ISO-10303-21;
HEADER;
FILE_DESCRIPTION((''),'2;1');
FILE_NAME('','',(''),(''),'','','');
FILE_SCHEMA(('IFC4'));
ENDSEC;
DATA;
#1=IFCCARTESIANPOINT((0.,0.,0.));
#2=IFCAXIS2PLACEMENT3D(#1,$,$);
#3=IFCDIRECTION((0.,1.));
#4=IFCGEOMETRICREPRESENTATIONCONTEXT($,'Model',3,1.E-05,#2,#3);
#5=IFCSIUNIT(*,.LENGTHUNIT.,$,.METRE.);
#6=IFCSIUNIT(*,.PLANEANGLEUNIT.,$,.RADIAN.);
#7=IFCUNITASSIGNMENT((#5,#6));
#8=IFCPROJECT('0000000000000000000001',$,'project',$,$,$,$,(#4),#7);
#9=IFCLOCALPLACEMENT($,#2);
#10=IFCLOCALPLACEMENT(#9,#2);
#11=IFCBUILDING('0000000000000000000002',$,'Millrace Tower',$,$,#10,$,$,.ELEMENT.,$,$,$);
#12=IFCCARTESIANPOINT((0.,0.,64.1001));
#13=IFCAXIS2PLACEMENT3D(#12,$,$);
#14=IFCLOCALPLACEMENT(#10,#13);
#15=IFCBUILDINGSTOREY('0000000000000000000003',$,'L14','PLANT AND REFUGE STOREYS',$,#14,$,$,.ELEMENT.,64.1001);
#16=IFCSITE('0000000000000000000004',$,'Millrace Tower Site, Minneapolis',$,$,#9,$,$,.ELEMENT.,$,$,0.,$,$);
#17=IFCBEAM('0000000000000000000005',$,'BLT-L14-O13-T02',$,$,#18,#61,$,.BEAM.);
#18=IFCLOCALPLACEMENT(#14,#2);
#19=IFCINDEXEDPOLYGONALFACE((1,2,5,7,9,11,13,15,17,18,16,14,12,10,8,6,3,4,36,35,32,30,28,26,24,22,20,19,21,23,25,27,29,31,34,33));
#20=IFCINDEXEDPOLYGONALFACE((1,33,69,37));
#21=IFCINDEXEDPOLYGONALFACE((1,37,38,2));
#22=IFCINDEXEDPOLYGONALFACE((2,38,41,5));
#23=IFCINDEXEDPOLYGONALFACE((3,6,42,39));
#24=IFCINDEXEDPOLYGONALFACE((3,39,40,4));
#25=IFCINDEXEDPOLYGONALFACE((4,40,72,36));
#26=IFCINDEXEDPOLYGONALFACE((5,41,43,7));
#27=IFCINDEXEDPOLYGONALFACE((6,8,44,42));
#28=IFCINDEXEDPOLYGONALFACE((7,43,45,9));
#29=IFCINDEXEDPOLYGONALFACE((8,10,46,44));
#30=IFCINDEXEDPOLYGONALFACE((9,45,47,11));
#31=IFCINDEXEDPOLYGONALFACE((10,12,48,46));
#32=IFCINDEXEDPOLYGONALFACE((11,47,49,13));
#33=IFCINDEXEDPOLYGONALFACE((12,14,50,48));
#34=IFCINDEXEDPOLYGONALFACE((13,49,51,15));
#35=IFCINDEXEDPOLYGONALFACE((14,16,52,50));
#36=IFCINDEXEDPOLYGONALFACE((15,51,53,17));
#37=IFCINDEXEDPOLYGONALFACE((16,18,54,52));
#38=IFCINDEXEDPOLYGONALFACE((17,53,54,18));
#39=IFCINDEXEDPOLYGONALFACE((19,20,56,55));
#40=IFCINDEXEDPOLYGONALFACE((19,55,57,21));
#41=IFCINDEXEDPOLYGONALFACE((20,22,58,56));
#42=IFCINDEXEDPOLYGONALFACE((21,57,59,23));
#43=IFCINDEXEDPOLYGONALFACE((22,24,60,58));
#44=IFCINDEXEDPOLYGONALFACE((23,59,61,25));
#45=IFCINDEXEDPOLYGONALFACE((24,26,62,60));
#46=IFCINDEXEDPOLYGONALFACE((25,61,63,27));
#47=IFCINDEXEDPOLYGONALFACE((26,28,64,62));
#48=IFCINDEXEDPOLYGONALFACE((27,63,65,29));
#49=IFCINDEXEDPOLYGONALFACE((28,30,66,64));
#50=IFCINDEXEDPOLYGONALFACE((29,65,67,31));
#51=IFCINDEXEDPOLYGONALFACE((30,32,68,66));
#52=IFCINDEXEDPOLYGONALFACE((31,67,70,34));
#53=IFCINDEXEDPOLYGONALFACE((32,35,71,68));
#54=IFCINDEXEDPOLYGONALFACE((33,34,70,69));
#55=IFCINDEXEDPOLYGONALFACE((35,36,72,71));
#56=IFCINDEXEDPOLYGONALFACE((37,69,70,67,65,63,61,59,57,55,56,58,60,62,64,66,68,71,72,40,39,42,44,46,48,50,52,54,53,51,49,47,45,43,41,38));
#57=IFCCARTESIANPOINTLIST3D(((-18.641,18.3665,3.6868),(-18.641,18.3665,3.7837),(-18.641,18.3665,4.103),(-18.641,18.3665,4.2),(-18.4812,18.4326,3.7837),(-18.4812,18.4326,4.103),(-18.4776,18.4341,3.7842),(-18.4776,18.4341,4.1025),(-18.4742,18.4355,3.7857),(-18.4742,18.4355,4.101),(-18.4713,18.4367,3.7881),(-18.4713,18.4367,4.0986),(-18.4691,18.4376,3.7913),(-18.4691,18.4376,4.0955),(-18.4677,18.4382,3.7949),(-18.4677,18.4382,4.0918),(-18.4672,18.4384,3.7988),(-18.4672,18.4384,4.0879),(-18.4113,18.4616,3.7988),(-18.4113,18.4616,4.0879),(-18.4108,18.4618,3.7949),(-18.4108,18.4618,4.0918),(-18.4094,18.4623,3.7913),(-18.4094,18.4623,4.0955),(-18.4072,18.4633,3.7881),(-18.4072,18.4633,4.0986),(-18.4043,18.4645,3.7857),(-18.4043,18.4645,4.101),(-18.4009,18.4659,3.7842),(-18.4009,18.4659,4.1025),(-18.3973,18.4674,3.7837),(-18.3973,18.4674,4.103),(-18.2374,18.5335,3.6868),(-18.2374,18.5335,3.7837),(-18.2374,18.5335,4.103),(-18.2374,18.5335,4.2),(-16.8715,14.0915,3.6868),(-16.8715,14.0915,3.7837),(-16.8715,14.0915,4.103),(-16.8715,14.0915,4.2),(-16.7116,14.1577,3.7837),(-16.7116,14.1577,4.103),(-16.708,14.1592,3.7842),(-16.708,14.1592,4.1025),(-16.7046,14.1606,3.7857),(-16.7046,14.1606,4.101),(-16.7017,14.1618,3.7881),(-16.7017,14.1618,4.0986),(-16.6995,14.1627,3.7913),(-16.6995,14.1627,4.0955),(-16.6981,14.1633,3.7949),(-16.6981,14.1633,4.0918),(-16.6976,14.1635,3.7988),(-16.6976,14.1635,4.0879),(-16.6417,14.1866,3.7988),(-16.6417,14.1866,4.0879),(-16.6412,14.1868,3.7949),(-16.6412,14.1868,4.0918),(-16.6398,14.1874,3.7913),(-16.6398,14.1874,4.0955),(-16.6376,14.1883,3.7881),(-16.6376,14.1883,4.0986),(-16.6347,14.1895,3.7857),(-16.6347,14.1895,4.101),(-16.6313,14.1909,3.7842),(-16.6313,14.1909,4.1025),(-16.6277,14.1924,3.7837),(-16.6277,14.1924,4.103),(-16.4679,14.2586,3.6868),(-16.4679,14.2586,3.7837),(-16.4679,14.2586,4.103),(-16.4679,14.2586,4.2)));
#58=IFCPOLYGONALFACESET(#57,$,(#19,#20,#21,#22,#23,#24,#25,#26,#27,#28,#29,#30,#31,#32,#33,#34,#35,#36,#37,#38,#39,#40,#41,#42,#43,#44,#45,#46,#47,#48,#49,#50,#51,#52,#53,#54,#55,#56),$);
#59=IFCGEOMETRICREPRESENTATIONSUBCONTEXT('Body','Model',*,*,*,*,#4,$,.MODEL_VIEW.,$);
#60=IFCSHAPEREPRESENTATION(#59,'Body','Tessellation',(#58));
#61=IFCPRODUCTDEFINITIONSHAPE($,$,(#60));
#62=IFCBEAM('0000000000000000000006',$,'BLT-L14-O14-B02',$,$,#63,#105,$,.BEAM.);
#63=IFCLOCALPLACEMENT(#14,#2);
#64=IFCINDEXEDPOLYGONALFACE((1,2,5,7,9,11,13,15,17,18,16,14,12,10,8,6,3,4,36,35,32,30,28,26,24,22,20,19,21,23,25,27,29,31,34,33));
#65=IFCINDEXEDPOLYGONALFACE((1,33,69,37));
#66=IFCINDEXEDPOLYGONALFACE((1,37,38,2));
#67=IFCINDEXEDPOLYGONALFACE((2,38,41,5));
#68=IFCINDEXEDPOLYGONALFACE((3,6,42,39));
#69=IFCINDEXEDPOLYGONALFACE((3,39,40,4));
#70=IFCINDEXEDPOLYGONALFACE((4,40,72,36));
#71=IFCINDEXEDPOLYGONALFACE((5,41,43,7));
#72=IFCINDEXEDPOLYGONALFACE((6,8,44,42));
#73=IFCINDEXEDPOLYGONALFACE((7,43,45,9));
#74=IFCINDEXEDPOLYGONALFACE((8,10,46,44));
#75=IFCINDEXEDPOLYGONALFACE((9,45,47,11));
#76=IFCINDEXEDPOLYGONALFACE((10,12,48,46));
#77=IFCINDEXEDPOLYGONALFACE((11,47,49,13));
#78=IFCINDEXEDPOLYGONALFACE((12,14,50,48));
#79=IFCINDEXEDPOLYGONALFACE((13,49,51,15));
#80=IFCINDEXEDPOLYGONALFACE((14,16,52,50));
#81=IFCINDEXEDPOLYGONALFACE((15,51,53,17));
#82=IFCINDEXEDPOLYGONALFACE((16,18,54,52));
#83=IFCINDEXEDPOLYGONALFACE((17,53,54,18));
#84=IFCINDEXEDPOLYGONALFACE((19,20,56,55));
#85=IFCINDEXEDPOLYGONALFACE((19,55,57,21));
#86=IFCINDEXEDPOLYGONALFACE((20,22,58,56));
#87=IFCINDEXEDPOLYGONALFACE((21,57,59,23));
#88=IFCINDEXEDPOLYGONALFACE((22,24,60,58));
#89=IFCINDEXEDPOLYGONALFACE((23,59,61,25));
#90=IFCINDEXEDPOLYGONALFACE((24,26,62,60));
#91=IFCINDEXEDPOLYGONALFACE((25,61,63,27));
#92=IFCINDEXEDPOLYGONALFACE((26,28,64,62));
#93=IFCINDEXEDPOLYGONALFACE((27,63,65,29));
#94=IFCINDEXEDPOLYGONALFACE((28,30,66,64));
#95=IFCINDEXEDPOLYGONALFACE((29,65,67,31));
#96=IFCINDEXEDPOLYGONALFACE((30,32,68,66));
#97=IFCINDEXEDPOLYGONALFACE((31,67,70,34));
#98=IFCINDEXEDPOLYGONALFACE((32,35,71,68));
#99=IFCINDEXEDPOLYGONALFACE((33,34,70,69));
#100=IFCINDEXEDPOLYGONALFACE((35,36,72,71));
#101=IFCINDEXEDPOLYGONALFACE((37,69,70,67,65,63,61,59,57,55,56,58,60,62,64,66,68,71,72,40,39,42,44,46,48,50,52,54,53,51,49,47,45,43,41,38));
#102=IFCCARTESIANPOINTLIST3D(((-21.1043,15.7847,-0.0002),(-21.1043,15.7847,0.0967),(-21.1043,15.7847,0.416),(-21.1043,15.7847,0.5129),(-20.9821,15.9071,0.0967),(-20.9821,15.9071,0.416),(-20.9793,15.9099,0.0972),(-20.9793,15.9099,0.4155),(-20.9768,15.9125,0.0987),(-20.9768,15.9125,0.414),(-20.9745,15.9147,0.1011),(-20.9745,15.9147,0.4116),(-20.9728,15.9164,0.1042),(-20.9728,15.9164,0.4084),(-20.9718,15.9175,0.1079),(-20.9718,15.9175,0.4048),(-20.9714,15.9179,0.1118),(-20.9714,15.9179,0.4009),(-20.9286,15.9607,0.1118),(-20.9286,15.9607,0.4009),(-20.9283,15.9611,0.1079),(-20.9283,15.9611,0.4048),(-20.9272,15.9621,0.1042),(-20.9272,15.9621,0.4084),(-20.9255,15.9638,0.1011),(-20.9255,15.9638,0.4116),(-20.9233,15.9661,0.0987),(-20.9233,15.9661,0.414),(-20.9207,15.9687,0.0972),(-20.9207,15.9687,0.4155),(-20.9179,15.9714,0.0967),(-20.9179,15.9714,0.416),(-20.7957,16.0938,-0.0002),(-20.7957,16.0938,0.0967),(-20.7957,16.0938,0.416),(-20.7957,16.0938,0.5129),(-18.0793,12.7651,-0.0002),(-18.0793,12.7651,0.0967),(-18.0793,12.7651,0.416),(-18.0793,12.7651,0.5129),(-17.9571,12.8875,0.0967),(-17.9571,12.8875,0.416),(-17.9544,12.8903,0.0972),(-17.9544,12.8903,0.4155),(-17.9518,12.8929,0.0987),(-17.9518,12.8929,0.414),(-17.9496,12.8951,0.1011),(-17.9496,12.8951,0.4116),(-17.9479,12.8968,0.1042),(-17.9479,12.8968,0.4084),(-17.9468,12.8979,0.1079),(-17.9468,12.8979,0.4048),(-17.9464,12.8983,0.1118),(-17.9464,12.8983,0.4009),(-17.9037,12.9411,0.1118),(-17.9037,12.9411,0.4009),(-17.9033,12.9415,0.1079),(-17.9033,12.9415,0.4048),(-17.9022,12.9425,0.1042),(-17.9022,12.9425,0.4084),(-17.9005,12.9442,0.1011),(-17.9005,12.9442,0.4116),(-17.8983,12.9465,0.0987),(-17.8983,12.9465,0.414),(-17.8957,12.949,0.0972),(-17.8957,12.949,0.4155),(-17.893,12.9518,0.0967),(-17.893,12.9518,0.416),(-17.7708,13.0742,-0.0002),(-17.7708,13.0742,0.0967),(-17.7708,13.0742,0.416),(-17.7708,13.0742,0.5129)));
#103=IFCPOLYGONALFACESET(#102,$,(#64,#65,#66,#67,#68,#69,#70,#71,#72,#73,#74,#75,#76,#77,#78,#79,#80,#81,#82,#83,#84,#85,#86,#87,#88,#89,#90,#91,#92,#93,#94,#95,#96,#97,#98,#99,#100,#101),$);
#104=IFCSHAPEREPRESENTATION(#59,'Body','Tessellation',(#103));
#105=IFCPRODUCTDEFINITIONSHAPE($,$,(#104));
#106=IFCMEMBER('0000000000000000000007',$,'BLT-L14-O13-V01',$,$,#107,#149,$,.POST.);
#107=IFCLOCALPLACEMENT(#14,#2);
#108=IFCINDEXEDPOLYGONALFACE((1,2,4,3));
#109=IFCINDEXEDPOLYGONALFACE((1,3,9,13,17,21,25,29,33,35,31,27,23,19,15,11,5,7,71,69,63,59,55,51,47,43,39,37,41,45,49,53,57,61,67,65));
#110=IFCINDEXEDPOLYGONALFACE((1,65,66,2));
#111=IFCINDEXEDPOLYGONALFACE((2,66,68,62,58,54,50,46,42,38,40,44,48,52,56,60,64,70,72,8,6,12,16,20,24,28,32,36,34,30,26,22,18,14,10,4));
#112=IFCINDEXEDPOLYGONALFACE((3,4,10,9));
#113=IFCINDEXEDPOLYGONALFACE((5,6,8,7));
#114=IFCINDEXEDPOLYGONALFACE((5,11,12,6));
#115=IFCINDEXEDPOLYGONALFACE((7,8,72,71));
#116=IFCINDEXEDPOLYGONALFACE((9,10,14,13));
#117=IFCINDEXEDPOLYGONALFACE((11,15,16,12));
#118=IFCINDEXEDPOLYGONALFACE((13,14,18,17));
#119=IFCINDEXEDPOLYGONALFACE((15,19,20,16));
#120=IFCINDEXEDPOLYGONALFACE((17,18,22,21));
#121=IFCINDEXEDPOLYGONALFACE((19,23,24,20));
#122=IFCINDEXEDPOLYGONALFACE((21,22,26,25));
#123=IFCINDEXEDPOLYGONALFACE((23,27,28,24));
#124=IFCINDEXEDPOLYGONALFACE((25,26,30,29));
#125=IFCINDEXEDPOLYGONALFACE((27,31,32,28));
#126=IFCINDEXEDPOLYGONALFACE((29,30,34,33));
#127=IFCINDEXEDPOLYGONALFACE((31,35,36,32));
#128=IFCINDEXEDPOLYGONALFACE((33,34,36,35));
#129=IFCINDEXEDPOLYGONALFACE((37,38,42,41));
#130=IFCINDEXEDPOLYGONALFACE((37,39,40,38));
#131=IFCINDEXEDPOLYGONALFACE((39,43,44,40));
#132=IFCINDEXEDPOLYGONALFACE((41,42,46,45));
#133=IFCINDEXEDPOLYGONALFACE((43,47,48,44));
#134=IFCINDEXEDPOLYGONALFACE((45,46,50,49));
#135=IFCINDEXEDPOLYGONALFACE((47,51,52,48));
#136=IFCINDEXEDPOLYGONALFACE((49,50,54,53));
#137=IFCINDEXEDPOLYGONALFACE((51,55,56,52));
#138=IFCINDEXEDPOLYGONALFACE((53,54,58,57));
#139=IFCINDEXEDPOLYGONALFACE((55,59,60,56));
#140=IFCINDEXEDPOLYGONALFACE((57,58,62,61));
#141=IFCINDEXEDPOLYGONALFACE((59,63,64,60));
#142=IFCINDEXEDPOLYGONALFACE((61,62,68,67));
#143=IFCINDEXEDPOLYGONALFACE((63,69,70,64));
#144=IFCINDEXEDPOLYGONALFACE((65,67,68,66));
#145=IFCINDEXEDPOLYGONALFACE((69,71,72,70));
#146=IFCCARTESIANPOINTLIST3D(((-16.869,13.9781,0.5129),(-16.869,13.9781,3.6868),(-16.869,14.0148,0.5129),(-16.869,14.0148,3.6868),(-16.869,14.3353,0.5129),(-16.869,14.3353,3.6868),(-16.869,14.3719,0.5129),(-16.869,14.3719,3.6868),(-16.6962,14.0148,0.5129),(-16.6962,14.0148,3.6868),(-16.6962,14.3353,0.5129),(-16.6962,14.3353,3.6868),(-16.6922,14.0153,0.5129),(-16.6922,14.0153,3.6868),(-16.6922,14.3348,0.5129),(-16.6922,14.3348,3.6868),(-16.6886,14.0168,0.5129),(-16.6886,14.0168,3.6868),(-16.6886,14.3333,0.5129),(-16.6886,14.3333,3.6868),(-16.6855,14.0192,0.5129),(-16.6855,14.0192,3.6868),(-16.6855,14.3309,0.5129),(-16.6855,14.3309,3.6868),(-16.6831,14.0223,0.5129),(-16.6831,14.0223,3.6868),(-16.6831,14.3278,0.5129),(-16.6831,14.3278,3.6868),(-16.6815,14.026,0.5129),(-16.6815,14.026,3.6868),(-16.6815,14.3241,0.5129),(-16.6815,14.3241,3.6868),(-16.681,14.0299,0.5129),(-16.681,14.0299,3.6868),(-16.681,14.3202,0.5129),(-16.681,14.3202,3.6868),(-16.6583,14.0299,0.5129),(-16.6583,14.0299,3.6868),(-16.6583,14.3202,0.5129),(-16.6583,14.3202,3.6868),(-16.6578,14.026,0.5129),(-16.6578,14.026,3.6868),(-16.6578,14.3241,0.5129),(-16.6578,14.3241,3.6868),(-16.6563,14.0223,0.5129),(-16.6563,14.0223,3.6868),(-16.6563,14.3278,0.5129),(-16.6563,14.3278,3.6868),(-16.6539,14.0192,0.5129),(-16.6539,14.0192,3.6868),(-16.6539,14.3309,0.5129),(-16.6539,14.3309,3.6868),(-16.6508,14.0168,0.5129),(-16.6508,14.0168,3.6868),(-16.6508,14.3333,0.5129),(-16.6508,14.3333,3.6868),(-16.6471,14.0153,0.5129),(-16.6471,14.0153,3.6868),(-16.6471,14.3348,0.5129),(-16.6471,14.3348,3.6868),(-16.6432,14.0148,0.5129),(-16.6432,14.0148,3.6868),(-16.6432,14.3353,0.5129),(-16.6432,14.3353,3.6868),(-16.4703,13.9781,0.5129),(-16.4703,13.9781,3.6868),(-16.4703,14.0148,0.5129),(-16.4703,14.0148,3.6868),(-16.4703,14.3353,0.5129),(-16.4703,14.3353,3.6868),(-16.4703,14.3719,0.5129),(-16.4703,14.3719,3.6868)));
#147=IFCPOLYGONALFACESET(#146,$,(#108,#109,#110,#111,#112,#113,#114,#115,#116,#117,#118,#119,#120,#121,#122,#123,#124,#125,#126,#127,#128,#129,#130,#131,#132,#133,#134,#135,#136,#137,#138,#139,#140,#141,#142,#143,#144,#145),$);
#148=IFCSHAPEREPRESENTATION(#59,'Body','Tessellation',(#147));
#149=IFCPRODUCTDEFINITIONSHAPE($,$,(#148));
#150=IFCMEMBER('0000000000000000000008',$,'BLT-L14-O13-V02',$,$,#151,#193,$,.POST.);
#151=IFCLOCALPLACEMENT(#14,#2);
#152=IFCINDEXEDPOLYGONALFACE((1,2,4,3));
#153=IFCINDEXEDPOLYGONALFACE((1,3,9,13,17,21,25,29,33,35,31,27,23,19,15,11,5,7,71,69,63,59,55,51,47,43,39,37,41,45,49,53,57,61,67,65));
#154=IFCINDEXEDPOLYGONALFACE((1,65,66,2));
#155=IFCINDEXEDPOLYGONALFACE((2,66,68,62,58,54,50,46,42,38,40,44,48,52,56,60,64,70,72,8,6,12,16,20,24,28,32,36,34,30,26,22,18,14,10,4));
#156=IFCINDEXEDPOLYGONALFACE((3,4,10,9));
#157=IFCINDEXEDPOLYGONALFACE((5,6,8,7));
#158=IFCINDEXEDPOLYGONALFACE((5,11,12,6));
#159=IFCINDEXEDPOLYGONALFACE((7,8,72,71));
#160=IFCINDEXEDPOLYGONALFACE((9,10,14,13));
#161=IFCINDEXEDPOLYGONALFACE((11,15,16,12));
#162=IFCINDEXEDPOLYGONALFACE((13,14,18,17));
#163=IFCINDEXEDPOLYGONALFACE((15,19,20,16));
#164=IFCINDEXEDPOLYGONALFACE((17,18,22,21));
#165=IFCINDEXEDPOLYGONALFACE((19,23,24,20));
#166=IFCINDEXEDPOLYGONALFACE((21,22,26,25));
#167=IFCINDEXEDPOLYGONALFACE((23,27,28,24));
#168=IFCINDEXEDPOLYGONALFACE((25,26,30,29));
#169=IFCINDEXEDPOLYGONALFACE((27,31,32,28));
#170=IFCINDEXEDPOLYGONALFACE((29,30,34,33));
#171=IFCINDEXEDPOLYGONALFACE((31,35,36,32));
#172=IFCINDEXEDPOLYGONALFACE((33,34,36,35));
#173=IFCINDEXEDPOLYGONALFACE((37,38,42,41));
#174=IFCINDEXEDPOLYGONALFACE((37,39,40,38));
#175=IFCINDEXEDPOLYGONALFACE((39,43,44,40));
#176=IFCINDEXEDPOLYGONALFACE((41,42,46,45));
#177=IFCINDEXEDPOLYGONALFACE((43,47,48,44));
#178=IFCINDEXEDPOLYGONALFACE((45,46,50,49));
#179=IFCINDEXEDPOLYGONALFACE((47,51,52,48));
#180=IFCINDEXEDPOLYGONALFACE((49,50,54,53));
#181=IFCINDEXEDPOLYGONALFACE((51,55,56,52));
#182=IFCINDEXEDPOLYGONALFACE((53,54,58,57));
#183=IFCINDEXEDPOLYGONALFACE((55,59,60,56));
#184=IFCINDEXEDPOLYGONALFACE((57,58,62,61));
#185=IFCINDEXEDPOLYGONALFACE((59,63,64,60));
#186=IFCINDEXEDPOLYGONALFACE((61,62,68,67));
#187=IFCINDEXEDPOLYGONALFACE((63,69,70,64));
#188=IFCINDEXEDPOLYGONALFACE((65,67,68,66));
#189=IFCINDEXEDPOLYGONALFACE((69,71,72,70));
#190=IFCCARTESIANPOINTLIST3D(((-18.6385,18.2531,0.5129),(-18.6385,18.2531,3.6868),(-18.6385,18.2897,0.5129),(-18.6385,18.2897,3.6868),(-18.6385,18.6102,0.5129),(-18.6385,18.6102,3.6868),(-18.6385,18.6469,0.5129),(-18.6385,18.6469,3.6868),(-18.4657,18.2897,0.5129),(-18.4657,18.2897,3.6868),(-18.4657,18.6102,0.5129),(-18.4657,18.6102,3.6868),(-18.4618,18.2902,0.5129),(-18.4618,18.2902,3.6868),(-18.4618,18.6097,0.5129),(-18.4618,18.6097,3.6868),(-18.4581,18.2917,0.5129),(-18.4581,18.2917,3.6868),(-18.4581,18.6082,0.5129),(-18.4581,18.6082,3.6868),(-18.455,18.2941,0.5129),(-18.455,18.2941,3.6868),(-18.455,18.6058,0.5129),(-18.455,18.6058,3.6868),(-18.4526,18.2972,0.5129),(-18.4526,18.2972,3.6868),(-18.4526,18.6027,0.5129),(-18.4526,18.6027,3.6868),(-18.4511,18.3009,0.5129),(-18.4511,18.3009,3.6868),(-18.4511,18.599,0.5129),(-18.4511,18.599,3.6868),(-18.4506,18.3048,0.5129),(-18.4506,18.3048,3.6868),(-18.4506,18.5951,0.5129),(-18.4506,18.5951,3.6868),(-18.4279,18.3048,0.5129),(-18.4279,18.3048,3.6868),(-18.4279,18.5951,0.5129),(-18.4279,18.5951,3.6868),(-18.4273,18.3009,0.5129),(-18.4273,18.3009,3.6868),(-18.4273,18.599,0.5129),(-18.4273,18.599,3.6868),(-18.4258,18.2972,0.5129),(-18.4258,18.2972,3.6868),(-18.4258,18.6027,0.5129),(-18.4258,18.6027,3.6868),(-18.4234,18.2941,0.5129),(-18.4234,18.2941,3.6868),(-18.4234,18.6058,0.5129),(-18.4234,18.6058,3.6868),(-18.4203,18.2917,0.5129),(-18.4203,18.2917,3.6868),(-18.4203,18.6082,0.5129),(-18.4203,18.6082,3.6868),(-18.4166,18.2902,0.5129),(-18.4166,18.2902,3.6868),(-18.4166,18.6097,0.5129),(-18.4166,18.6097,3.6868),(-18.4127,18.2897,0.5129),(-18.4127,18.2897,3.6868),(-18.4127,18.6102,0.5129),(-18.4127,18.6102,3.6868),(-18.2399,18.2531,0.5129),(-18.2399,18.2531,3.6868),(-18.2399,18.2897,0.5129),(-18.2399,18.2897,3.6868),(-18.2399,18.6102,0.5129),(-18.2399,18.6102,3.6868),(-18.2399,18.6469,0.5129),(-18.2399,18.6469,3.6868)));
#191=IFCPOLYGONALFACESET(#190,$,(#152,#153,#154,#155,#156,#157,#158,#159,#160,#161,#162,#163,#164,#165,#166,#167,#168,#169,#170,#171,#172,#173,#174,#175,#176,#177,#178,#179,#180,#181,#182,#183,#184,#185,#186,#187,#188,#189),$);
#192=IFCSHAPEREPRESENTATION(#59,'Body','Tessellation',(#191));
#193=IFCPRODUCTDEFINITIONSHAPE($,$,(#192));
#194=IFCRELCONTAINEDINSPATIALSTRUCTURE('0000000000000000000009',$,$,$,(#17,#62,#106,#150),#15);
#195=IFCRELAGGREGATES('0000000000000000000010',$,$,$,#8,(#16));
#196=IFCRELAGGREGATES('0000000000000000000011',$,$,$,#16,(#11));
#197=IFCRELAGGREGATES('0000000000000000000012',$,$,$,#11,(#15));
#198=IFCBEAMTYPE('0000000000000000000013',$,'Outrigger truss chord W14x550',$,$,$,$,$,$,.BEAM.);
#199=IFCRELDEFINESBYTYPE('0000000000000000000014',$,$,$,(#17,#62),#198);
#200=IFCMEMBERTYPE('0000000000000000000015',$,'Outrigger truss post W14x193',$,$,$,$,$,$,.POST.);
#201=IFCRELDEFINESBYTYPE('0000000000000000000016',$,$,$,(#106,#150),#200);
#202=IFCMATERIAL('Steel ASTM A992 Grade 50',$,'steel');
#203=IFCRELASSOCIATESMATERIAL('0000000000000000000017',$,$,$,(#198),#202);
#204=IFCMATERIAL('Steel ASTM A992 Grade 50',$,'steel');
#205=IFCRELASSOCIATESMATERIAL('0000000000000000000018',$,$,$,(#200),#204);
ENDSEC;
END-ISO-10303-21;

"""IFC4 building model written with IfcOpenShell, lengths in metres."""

from ifc_helpers import new_model, si_unit, direction, frame, origin, origin_2d, place, context, subcontext, project, spatial, i_section, extrude, material, material_profile, profile_set, type_object, element, save


model = new_model("IFC4")

# Units and contexts
model_context = context("Model", 3, precision=1e-05, world=origin(), true_north=direction((0.0, 1.0)))
body_context = subcontext(model_context, "Body", "Model", "MODEL_VIEW")
ifc_project = project(units=[si_unit("LENGTHUNIT", "METRE"), si_unit("PLANEANGLEUNIT", "RADIAN")], contexts=[model_context])

# Site, building, storey
site_placement = place(None, origin())
site = spatial("IfcSite", under=ifc_project, at=site_placement, Name="Millrace Tower Site, Minneapolis", CompositionType="ELEMENT", RefElevation=0.0)
building_placement = place(site_placement, origin())
building = spatial("IfcBuilding", under=site, at=building_placement, Name="Millrace Tower", CompositionType="ELEMENT")
storey_placement = place(building_placement, frame((0.0, 0.0, 64.1001)))
storey = spatial("IfcBuildingStorey", under=building, at=storey_placement, Name="L14", Description="PLANT AND REFUGE STOREYS", CompositionType="ELEMENT", Elevation=64.1001)

# Beams
ifc_material_1 = material(Name="Steel ASTM A992 Grade 50", Category="steel")
ifc_material_profile_1 = material_profile(ifc_material_1, i_section(OverallWidth=0.4368, OverallDepth=0.5132, WebThickness=0.0605, FlangeThickness=0.0969, FilletRadius=0.0151, at=origin_2d()))
ifc_profile_set_1 = profile_set([ifc_material_profile_1], Name="Steel ASTM A992 Grade 50")
beam_type_1 = type_object("IfcBeamType", Name="Outrigger truss chord W14x550", PredefinedType="BEAM", material=ifc_profile_set_1)
for number, where, z_axis, x_axis, name in (
    (1, (-16.6697, 14.175, 3.9434), (-0.382464, 0.923971, 0.0), (-0.923971, -0.382464, 0.0), "BLT-L14-O13-T02"),
):
    element("IfcBeam", number, at=place(storey_placement, frame(where, z_axis=z_axis, x_axis=x_axis)), inside=storey, type_object=beam_type_1, Name=name, PredefinedType="BEAM", context=body_context, shape_type="SweptSolid", body=[
        extrude(i_section(OverallWidth=0.4368, OverallDepth=0.5132, WebThickness=0.0605, FlangeThickness=0.0969, FilletRadius=0.0151, at=origin_2d()), origin(), (0.0, 0.0, 1.0), 4.6267),
    ])
beam_1_placement = place(storey_placement, frame((-17.925, 12.9197, 0.2563), z_axis=(-0.707735, 0.706478, 0.0), x_axis=(-0.706478, -0.707735, 0.0)))
element("IfcBeam", 2, at=beam_1_placement, inside=storey, type_object=beam_type_1, Name="BLT-L14-O14-B02", PredefinedType="BEAM", context=body_context, shape_type="SweptSolid", body=[
    extrude(i_section(OverallWidth=0.4368, OverallDepth=0.5132, WebThickness=0.0605, FlangeThickness=0.0969, FilletRadius=0.0151, at=origin_2d()), origin(), (0.0, 0.0, 1.0), 4.2742),
])

# Members
ifc_material_2 = material(Name="Steel ASTM A992 Grade 50", Category="steel")
ifc_material_profile_2 = material_profile(ifc_material_2, i_section(OverallWidth=0.3987, OverallDepth=0.3938, WebThickness=0.0227, FlangeThickness=0.0366, FilletRadius=0.0151, at=origin_2d()))
ifc_profile_set_2 = profile_set([ifc_material_profile_2], Name="Steel ASTM A992 Grade 50")
member_type_1 = type_object("IfcMemberType", Name="Outrigger truss post W14x193", PredefinedType="POST", material=ifc_profile_set_2)
for number, where, z_axis, x_axis, name in (
    (3, (-16.6697, 14.175, 0.5129), (0.0, 0.0, 1.0), (1.0, 0.0, 0.0), "BLT-L14-O13-V01"),
    (4, (-18.4392, 18.45, 0.5129), (0.0, 0.0, 1.0), (1.0, 0.0, 0.0), "BLT-L14-O13-V02"),
):
    element("IfcMember", number, at=place(storey_placement, frame(where, z_axis=z_axis, x_axis=x_axis)), inside=storey, type_object=member_type_1, Name=name, PredefinedType="POST", context=body_context, shape_type="SweptSolid", body=[
        extrude(i_section(OverallWidth=0.3987, OverallDepth=0.3938, WebThickness=0.0227, FlangeThickness=0.0366, FilletRadius=0.0151, at=origin_2d()), origin(), (0.0, 0.0, 1.0), 3.1738),
    ])

save(model, "model.ifc")
